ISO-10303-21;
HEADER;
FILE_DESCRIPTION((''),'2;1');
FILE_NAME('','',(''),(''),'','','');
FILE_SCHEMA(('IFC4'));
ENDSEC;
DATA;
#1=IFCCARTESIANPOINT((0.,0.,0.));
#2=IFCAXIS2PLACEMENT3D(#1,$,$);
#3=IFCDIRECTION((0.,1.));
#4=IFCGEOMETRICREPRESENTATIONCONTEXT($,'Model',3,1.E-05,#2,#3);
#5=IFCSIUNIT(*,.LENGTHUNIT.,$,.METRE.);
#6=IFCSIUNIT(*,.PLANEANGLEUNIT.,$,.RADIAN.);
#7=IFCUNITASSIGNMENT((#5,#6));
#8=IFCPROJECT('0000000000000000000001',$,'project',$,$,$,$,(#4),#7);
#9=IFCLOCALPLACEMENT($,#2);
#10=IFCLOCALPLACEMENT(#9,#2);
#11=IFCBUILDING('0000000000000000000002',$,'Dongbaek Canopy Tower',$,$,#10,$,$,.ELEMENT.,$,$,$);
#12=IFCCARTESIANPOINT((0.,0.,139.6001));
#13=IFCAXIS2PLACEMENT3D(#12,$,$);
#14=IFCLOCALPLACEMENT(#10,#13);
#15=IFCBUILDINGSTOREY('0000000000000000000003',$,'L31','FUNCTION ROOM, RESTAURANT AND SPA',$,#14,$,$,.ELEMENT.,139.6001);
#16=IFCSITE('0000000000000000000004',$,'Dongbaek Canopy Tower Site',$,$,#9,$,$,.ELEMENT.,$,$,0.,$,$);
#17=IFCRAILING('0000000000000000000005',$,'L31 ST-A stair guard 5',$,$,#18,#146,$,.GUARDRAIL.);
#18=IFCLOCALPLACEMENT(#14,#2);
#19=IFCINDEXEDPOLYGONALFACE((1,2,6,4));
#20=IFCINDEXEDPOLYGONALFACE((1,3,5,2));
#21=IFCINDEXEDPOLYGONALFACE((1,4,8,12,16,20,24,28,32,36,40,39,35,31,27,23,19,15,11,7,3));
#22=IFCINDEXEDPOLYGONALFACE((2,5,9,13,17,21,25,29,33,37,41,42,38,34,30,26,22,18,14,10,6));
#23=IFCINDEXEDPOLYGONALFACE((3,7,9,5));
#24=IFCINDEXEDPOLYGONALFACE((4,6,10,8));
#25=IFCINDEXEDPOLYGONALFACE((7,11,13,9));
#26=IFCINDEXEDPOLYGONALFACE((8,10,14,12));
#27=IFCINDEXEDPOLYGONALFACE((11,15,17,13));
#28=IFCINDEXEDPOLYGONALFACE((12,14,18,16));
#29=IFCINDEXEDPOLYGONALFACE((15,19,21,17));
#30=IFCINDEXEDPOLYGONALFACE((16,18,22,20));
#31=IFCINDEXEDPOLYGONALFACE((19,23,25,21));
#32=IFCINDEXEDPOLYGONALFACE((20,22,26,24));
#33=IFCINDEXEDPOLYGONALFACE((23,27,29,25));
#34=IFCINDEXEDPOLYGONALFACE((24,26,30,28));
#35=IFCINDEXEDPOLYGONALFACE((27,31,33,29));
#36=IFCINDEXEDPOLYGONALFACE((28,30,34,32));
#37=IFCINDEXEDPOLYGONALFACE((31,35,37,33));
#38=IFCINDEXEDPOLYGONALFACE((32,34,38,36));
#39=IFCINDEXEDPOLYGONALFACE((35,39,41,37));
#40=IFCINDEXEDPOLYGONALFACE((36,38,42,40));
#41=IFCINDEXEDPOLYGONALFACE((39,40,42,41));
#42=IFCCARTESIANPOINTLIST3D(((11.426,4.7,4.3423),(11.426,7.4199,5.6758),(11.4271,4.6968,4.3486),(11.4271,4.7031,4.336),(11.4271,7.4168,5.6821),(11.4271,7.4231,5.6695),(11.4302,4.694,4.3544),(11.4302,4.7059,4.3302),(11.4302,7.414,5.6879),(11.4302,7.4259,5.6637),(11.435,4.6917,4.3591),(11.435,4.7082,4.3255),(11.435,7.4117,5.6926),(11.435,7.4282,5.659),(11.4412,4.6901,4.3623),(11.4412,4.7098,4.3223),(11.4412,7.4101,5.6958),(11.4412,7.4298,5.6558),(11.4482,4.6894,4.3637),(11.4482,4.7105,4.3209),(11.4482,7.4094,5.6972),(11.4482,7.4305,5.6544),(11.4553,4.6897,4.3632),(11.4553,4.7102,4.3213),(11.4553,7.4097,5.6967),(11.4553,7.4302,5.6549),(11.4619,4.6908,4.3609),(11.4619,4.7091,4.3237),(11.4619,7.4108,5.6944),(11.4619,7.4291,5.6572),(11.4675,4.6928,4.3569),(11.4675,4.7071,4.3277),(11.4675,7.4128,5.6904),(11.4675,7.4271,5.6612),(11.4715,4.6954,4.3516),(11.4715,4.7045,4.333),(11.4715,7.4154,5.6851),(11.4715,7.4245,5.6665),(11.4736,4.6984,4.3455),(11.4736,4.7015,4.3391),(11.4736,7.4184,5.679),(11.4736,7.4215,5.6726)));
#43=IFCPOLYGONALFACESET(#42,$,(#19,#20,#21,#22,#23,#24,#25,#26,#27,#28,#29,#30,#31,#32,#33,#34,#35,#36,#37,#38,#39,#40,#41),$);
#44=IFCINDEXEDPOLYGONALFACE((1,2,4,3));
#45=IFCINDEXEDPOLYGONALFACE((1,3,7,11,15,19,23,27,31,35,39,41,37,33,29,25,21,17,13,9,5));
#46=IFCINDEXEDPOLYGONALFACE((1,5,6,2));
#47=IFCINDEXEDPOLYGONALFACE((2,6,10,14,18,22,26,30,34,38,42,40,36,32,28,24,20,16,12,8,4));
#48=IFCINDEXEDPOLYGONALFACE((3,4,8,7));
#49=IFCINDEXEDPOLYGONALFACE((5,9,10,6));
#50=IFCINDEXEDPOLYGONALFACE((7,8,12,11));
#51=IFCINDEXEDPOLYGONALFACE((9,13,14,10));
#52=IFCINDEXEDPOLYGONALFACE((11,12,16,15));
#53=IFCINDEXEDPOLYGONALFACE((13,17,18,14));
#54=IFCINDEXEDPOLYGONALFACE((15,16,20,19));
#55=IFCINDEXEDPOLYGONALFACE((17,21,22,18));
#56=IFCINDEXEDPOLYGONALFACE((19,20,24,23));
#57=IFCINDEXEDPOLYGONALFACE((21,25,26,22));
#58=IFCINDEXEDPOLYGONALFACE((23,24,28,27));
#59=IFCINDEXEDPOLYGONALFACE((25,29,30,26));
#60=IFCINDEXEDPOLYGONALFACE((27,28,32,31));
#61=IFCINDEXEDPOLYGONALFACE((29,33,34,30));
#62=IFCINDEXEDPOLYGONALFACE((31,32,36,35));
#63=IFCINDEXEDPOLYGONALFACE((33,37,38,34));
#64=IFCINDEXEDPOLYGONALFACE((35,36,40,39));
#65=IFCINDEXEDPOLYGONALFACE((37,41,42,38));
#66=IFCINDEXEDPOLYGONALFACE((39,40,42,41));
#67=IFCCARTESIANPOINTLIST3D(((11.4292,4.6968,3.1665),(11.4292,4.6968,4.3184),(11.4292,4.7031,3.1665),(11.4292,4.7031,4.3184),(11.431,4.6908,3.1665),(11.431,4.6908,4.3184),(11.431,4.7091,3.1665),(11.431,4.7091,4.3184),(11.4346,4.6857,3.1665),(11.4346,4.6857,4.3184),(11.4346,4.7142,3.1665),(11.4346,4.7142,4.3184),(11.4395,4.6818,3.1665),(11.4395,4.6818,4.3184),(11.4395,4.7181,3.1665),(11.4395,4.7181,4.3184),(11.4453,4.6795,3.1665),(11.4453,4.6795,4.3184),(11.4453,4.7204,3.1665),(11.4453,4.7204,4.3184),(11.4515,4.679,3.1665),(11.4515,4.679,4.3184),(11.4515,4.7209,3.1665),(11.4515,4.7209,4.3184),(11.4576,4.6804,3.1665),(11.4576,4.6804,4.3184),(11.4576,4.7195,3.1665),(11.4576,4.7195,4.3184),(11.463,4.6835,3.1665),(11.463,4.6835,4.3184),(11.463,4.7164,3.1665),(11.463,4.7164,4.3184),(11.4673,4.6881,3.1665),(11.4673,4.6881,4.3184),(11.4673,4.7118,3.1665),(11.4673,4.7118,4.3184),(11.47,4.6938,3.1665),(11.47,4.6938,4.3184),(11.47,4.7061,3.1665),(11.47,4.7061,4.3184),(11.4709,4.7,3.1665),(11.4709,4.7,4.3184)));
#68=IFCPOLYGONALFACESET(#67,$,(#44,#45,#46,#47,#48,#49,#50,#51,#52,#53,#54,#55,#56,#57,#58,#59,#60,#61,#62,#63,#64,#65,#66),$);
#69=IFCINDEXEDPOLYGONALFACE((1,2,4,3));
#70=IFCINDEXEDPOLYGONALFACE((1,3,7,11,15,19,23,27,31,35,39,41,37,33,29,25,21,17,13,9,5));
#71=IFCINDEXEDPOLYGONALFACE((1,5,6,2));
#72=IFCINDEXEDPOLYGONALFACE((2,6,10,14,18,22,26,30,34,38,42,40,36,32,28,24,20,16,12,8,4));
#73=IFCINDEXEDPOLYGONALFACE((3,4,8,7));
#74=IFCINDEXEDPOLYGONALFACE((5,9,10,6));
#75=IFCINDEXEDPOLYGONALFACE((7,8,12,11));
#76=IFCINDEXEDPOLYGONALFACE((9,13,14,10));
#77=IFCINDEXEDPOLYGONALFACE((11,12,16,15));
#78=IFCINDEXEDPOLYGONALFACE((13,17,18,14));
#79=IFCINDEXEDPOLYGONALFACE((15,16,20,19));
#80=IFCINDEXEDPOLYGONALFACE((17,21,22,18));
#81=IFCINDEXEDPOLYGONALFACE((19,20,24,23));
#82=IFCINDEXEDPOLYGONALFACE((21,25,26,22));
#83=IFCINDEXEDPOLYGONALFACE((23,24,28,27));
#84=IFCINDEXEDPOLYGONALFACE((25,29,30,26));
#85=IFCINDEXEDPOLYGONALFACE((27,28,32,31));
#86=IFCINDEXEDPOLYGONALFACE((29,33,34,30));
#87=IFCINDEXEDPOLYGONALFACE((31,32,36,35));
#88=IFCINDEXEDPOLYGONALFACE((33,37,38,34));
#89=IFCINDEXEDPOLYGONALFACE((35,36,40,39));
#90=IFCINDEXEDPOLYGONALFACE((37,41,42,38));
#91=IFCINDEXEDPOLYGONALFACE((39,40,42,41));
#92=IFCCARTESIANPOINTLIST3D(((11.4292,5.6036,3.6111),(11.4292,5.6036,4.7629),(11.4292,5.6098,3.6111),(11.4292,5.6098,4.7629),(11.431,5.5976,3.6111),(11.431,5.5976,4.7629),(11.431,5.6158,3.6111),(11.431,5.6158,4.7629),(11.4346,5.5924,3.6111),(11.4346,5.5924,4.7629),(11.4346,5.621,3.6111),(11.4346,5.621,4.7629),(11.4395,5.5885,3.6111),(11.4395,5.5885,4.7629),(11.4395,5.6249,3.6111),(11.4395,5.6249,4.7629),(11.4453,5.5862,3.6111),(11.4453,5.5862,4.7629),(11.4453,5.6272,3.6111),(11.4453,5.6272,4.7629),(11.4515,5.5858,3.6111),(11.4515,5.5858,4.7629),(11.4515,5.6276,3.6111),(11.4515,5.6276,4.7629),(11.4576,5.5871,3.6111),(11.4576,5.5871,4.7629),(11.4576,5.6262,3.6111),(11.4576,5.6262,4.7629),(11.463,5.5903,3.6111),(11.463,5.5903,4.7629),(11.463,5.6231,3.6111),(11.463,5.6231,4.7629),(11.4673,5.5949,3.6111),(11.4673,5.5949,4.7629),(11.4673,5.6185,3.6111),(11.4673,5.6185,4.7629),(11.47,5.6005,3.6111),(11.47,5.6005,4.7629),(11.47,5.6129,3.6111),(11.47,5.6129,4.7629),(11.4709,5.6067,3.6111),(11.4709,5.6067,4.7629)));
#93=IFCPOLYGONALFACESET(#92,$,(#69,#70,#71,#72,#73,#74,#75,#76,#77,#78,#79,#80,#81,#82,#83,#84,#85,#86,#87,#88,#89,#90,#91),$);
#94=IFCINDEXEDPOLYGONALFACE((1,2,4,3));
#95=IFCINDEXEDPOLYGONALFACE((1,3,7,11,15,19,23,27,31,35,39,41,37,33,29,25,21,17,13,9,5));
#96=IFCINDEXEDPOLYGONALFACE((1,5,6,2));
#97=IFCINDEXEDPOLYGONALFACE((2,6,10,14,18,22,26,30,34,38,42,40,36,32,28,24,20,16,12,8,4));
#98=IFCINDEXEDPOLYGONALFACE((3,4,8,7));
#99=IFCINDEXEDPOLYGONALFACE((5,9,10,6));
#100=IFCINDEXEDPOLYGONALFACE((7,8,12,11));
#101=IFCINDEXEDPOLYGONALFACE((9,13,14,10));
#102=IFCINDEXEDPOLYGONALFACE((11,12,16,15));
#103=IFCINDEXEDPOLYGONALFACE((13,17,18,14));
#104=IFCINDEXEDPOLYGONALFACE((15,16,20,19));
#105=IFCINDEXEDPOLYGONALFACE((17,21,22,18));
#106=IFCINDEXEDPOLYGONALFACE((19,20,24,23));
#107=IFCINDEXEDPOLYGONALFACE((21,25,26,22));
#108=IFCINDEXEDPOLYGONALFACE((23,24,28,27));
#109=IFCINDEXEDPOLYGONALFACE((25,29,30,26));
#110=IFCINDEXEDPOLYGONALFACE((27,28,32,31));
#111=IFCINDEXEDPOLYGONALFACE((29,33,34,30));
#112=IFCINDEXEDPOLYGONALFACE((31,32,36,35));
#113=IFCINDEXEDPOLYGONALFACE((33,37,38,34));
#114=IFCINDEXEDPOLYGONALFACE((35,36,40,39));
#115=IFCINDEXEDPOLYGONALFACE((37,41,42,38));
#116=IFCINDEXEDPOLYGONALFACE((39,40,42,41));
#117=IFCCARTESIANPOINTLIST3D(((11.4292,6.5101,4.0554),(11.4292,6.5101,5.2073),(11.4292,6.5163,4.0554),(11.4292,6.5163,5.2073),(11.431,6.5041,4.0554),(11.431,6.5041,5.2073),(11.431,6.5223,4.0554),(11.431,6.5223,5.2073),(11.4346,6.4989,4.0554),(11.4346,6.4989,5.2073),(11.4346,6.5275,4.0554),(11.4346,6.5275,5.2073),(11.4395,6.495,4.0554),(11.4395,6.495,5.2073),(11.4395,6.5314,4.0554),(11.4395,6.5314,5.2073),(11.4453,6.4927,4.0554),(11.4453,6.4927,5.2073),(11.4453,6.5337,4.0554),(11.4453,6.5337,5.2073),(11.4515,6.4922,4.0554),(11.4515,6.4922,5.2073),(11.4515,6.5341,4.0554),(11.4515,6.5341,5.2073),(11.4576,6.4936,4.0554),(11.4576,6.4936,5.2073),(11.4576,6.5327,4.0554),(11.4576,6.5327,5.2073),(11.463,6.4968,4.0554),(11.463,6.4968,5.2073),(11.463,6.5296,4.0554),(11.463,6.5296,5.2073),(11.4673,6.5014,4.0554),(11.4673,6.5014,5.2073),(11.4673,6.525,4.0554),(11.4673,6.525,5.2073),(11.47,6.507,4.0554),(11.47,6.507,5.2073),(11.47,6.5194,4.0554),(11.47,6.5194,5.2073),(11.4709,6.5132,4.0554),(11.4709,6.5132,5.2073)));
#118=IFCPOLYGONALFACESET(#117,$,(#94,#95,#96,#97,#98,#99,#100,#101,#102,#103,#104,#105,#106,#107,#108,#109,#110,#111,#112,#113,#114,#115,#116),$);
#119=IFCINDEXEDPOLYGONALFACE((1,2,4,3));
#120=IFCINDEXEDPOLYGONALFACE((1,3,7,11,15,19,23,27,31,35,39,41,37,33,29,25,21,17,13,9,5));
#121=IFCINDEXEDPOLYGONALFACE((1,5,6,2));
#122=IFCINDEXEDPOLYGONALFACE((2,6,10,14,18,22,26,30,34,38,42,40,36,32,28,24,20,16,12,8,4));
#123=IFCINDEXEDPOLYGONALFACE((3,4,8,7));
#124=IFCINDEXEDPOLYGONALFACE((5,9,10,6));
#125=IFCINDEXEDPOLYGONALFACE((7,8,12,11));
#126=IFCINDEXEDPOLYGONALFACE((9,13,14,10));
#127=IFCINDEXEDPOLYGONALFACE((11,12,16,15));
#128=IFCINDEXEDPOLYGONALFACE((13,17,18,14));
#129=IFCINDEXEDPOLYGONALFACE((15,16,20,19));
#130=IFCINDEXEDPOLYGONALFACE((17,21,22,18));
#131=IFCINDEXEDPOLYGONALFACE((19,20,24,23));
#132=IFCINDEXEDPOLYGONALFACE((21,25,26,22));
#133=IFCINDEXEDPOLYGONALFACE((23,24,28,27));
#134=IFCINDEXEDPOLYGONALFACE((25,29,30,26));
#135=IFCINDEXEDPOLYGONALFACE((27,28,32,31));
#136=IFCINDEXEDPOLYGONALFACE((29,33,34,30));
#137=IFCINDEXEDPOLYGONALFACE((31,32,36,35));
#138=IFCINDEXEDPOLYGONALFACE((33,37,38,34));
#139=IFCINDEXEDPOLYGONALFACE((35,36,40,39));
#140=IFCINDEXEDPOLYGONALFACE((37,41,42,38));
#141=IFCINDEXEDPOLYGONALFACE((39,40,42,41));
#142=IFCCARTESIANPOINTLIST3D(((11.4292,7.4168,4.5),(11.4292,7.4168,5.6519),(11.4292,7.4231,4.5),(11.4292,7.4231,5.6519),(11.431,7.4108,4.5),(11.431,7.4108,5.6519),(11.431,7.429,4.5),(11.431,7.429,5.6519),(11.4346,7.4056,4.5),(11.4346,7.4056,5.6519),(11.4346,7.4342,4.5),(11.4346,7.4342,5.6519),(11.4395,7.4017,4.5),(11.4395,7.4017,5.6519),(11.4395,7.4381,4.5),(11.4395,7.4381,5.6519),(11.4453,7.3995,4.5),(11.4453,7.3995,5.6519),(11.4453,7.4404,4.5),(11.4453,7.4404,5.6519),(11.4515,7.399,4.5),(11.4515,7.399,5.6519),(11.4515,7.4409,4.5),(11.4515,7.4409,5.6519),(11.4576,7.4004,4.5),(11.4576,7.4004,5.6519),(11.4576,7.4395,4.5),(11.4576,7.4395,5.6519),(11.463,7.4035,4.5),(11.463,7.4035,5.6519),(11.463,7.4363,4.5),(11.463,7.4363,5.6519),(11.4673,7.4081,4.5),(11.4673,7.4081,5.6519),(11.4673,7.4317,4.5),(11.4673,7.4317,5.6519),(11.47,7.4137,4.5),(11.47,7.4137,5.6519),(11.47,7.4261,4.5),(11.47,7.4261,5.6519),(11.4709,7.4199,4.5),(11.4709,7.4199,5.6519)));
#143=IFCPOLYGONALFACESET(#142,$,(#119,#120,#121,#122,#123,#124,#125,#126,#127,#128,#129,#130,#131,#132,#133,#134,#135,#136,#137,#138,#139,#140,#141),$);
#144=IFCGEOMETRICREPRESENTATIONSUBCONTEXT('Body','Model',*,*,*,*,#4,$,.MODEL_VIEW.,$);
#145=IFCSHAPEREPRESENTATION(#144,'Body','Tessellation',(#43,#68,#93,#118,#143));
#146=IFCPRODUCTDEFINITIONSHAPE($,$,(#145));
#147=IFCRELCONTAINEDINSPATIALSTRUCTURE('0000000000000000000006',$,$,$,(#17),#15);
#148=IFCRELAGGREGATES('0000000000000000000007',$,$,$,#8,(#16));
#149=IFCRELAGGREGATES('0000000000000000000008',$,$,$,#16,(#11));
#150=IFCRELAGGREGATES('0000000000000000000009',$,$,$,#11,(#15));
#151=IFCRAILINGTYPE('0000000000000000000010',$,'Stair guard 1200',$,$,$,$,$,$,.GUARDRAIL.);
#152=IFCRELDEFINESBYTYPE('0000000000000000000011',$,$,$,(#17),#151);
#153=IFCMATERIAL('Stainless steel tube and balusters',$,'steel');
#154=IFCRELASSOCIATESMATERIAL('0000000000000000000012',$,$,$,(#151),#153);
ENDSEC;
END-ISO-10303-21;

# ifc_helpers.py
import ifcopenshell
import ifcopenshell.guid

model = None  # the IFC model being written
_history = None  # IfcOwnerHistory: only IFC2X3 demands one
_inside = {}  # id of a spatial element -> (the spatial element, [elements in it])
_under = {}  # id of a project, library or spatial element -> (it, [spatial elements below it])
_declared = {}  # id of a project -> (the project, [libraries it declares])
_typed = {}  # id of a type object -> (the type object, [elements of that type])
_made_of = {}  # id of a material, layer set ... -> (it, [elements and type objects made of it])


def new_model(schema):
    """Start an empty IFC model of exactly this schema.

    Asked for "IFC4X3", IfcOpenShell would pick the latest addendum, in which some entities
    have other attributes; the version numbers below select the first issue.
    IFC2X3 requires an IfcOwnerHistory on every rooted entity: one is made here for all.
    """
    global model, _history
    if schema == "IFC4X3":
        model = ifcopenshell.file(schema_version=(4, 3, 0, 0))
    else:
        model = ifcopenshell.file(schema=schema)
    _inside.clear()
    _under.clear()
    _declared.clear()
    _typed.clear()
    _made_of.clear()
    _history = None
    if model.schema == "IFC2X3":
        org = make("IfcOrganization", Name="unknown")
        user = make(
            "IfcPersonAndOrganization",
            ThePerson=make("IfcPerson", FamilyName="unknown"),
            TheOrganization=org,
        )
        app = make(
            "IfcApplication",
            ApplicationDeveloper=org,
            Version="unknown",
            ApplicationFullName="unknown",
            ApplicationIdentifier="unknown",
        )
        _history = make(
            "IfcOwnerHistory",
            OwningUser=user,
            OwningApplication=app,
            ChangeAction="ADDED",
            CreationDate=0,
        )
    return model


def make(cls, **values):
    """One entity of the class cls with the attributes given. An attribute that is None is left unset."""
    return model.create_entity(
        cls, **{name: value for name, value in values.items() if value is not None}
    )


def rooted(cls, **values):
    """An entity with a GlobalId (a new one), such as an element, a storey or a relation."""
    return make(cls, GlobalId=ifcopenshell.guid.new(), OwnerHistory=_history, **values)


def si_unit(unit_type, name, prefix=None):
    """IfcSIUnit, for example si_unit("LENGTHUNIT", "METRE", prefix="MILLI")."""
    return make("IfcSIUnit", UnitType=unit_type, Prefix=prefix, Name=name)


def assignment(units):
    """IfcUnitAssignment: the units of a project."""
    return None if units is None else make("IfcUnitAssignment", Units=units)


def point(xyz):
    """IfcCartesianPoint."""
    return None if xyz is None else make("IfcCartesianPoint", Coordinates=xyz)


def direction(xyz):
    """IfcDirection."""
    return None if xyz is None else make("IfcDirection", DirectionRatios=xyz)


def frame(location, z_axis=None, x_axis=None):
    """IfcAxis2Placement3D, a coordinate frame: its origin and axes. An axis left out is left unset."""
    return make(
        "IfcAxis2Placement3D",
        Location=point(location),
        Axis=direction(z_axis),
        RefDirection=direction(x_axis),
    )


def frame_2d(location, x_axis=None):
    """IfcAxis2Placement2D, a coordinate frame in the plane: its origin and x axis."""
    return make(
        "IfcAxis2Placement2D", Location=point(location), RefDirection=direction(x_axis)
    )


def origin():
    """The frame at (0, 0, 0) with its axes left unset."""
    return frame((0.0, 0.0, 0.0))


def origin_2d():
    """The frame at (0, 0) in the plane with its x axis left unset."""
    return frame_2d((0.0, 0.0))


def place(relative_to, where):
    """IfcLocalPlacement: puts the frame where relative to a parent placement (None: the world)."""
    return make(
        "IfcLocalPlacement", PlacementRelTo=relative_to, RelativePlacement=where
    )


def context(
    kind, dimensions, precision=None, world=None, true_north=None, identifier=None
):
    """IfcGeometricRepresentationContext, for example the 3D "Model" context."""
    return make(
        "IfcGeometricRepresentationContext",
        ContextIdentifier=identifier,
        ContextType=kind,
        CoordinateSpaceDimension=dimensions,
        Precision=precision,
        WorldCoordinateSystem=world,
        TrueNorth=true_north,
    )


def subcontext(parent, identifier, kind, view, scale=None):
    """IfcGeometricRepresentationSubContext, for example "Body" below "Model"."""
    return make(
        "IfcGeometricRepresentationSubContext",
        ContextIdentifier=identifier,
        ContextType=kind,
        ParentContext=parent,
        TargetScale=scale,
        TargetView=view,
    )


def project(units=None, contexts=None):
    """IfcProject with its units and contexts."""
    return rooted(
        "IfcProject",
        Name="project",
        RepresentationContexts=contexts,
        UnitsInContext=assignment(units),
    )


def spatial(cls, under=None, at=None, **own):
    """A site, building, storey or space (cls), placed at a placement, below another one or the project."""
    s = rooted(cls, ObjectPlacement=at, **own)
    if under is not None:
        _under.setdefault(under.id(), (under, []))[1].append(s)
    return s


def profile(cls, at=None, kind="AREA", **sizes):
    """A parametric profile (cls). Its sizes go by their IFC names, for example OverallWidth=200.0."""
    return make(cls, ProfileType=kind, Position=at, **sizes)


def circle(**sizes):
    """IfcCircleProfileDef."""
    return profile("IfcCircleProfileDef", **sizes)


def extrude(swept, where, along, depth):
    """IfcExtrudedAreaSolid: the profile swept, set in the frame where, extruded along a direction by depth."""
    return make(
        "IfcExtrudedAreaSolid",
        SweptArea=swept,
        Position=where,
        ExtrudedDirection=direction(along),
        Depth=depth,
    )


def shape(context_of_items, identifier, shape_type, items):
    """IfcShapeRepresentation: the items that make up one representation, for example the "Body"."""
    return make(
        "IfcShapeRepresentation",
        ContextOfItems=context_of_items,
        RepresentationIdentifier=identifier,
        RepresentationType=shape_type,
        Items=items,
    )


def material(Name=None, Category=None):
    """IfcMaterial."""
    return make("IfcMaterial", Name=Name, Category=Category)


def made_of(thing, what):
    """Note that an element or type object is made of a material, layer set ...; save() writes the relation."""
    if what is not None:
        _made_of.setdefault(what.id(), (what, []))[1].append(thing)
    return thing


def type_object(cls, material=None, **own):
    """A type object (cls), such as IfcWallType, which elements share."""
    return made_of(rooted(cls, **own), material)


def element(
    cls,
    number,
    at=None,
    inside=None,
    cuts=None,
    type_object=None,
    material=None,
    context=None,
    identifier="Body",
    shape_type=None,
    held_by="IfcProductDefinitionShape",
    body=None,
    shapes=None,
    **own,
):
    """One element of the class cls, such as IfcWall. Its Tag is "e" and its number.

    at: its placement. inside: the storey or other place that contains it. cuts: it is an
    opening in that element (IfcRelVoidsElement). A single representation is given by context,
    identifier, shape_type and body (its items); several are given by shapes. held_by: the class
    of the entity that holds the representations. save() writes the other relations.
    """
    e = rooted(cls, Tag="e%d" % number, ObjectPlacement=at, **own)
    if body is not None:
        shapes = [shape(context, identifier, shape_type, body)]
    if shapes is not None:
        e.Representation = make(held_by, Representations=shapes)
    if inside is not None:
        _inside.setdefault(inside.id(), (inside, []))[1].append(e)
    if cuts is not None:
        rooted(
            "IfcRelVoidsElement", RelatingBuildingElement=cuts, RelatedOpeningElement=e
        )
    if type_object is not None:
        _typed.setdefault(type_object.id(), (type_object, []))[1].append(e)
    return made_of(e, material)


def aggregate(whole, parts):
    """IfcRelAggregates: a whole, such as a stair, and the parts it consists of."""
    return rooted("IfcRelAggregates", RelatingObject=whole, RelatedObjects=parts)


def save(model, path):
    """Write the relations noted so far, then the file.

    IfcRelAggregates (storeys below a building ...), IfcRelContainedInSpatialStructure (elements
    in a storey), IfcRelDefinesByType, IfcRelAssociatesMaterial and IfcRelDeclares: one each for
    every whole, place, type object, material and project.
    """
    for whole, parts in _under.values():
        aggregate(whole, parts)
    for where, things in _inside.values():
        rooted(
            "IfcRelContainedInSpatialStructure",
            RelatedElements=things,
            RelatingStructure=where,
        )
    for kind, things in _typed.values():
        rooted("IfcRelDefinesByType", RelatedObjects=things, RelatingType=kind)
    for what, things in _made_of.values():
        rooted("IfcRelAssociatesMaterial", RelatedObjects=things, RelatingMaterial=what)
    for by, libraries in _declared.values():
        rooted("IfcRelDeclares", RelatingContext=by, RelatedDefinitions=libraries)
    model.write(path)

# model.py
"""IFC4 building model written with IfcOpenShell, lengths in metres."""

from ifc_helpers import new_model, si_unit, direction, frame, origin, origin_2d, place, context, subcontext, project, spatial, circle, extrude, material, type_object, element, save


model = new_model("IFC4")

# Units and contexts
model_context = context("Model", 3, precision=1e-05, world=origin(), true_north=direction((0.0, 1.0)))
body_context = subcontext(model_context, "Body", "Model", "MODEL_VIEW")
ifc_project = project(units=[si_unit("LENGTHUNIT", "METRE"), si_unit("PLANEANGLEUNIT", "RADIAN")], contexts=[model_context])

# Site, building, storey
site_placement = place(None, origin())
site = spatial("IfcSite", under=ifc_project, at=site_placement, Name="Dongbaek Canopy Tower Site", CompositionType="ELEMENT", RefElevation=0.0)
building_placement = place(site_placement, origin())
building = spatial("IfcBuilding", under=site, at=building_placement, Name="Dongbaek Canopy Tower", CompositionType="ELEMENT")
storey_placement = place(building_placement, frame((0.0, 0.0, 139.6001)))
storey = spatial("IfcBuildingStorey", under=building, at=storey_placement, Name="L31", Description="FUNCTION ROOM, RESTAURANT AND SPA", CompositionType="ELEMENT", Elevation=139.6001)

# Railing
ifc_material_1 = material(Name="Stainless steel tube and balusters", Category="steel")
railing_type_1 = type_object("IfcRailingType", Name="Stair guard 1200", PredefinedType="GUARDRAIL", material=ifc_material_1)
railing_1_placement = place(storey_placement, frame((11.45, 4.7, 3.1665)))
element("IfcRailing", 1, at=railing_1_placement, inside=storey, type_object=railing_type_1, Name="L31 ST-A stair guard 5", PredefinedType="GUARDRAIL", context=body_context, shape_type="SweptSolid", body=[
    extrude(circle(Radius=0.0239, at=origin_2d()), frame((0.0, 0.0, 1.1758), z_axis=(0.0, 0.897898, 0.440204), x_axis=(-1.0, 0.0, 0.0)), (0.0, 0.0, 1.0), 3.0293),
    extrude(circle(Radius=0.021, at=origin_2d()), origin(), (0.0, 0.0, 1.0), 1.1519),
    extrude(circle(Radius=0.021, at=origin_2d()), frame((0.0, 0.9067, 0.4446)), (0.0, 0.0, 1.0), 1.1519),
    extrude(circle(Radius=0.021, at=origin_2d()), frame((0.0, 1.8132, 0.8889)), (0.0, 0.0, 1.0), 1.1519),
    extrude(circle(Radius=0.021, at=origin_2d()), frame((0.0, 2.72, 1.3335)), (0.0, 0.0, 1.0), 1.1519),
])

save(model, "model.ifc")
